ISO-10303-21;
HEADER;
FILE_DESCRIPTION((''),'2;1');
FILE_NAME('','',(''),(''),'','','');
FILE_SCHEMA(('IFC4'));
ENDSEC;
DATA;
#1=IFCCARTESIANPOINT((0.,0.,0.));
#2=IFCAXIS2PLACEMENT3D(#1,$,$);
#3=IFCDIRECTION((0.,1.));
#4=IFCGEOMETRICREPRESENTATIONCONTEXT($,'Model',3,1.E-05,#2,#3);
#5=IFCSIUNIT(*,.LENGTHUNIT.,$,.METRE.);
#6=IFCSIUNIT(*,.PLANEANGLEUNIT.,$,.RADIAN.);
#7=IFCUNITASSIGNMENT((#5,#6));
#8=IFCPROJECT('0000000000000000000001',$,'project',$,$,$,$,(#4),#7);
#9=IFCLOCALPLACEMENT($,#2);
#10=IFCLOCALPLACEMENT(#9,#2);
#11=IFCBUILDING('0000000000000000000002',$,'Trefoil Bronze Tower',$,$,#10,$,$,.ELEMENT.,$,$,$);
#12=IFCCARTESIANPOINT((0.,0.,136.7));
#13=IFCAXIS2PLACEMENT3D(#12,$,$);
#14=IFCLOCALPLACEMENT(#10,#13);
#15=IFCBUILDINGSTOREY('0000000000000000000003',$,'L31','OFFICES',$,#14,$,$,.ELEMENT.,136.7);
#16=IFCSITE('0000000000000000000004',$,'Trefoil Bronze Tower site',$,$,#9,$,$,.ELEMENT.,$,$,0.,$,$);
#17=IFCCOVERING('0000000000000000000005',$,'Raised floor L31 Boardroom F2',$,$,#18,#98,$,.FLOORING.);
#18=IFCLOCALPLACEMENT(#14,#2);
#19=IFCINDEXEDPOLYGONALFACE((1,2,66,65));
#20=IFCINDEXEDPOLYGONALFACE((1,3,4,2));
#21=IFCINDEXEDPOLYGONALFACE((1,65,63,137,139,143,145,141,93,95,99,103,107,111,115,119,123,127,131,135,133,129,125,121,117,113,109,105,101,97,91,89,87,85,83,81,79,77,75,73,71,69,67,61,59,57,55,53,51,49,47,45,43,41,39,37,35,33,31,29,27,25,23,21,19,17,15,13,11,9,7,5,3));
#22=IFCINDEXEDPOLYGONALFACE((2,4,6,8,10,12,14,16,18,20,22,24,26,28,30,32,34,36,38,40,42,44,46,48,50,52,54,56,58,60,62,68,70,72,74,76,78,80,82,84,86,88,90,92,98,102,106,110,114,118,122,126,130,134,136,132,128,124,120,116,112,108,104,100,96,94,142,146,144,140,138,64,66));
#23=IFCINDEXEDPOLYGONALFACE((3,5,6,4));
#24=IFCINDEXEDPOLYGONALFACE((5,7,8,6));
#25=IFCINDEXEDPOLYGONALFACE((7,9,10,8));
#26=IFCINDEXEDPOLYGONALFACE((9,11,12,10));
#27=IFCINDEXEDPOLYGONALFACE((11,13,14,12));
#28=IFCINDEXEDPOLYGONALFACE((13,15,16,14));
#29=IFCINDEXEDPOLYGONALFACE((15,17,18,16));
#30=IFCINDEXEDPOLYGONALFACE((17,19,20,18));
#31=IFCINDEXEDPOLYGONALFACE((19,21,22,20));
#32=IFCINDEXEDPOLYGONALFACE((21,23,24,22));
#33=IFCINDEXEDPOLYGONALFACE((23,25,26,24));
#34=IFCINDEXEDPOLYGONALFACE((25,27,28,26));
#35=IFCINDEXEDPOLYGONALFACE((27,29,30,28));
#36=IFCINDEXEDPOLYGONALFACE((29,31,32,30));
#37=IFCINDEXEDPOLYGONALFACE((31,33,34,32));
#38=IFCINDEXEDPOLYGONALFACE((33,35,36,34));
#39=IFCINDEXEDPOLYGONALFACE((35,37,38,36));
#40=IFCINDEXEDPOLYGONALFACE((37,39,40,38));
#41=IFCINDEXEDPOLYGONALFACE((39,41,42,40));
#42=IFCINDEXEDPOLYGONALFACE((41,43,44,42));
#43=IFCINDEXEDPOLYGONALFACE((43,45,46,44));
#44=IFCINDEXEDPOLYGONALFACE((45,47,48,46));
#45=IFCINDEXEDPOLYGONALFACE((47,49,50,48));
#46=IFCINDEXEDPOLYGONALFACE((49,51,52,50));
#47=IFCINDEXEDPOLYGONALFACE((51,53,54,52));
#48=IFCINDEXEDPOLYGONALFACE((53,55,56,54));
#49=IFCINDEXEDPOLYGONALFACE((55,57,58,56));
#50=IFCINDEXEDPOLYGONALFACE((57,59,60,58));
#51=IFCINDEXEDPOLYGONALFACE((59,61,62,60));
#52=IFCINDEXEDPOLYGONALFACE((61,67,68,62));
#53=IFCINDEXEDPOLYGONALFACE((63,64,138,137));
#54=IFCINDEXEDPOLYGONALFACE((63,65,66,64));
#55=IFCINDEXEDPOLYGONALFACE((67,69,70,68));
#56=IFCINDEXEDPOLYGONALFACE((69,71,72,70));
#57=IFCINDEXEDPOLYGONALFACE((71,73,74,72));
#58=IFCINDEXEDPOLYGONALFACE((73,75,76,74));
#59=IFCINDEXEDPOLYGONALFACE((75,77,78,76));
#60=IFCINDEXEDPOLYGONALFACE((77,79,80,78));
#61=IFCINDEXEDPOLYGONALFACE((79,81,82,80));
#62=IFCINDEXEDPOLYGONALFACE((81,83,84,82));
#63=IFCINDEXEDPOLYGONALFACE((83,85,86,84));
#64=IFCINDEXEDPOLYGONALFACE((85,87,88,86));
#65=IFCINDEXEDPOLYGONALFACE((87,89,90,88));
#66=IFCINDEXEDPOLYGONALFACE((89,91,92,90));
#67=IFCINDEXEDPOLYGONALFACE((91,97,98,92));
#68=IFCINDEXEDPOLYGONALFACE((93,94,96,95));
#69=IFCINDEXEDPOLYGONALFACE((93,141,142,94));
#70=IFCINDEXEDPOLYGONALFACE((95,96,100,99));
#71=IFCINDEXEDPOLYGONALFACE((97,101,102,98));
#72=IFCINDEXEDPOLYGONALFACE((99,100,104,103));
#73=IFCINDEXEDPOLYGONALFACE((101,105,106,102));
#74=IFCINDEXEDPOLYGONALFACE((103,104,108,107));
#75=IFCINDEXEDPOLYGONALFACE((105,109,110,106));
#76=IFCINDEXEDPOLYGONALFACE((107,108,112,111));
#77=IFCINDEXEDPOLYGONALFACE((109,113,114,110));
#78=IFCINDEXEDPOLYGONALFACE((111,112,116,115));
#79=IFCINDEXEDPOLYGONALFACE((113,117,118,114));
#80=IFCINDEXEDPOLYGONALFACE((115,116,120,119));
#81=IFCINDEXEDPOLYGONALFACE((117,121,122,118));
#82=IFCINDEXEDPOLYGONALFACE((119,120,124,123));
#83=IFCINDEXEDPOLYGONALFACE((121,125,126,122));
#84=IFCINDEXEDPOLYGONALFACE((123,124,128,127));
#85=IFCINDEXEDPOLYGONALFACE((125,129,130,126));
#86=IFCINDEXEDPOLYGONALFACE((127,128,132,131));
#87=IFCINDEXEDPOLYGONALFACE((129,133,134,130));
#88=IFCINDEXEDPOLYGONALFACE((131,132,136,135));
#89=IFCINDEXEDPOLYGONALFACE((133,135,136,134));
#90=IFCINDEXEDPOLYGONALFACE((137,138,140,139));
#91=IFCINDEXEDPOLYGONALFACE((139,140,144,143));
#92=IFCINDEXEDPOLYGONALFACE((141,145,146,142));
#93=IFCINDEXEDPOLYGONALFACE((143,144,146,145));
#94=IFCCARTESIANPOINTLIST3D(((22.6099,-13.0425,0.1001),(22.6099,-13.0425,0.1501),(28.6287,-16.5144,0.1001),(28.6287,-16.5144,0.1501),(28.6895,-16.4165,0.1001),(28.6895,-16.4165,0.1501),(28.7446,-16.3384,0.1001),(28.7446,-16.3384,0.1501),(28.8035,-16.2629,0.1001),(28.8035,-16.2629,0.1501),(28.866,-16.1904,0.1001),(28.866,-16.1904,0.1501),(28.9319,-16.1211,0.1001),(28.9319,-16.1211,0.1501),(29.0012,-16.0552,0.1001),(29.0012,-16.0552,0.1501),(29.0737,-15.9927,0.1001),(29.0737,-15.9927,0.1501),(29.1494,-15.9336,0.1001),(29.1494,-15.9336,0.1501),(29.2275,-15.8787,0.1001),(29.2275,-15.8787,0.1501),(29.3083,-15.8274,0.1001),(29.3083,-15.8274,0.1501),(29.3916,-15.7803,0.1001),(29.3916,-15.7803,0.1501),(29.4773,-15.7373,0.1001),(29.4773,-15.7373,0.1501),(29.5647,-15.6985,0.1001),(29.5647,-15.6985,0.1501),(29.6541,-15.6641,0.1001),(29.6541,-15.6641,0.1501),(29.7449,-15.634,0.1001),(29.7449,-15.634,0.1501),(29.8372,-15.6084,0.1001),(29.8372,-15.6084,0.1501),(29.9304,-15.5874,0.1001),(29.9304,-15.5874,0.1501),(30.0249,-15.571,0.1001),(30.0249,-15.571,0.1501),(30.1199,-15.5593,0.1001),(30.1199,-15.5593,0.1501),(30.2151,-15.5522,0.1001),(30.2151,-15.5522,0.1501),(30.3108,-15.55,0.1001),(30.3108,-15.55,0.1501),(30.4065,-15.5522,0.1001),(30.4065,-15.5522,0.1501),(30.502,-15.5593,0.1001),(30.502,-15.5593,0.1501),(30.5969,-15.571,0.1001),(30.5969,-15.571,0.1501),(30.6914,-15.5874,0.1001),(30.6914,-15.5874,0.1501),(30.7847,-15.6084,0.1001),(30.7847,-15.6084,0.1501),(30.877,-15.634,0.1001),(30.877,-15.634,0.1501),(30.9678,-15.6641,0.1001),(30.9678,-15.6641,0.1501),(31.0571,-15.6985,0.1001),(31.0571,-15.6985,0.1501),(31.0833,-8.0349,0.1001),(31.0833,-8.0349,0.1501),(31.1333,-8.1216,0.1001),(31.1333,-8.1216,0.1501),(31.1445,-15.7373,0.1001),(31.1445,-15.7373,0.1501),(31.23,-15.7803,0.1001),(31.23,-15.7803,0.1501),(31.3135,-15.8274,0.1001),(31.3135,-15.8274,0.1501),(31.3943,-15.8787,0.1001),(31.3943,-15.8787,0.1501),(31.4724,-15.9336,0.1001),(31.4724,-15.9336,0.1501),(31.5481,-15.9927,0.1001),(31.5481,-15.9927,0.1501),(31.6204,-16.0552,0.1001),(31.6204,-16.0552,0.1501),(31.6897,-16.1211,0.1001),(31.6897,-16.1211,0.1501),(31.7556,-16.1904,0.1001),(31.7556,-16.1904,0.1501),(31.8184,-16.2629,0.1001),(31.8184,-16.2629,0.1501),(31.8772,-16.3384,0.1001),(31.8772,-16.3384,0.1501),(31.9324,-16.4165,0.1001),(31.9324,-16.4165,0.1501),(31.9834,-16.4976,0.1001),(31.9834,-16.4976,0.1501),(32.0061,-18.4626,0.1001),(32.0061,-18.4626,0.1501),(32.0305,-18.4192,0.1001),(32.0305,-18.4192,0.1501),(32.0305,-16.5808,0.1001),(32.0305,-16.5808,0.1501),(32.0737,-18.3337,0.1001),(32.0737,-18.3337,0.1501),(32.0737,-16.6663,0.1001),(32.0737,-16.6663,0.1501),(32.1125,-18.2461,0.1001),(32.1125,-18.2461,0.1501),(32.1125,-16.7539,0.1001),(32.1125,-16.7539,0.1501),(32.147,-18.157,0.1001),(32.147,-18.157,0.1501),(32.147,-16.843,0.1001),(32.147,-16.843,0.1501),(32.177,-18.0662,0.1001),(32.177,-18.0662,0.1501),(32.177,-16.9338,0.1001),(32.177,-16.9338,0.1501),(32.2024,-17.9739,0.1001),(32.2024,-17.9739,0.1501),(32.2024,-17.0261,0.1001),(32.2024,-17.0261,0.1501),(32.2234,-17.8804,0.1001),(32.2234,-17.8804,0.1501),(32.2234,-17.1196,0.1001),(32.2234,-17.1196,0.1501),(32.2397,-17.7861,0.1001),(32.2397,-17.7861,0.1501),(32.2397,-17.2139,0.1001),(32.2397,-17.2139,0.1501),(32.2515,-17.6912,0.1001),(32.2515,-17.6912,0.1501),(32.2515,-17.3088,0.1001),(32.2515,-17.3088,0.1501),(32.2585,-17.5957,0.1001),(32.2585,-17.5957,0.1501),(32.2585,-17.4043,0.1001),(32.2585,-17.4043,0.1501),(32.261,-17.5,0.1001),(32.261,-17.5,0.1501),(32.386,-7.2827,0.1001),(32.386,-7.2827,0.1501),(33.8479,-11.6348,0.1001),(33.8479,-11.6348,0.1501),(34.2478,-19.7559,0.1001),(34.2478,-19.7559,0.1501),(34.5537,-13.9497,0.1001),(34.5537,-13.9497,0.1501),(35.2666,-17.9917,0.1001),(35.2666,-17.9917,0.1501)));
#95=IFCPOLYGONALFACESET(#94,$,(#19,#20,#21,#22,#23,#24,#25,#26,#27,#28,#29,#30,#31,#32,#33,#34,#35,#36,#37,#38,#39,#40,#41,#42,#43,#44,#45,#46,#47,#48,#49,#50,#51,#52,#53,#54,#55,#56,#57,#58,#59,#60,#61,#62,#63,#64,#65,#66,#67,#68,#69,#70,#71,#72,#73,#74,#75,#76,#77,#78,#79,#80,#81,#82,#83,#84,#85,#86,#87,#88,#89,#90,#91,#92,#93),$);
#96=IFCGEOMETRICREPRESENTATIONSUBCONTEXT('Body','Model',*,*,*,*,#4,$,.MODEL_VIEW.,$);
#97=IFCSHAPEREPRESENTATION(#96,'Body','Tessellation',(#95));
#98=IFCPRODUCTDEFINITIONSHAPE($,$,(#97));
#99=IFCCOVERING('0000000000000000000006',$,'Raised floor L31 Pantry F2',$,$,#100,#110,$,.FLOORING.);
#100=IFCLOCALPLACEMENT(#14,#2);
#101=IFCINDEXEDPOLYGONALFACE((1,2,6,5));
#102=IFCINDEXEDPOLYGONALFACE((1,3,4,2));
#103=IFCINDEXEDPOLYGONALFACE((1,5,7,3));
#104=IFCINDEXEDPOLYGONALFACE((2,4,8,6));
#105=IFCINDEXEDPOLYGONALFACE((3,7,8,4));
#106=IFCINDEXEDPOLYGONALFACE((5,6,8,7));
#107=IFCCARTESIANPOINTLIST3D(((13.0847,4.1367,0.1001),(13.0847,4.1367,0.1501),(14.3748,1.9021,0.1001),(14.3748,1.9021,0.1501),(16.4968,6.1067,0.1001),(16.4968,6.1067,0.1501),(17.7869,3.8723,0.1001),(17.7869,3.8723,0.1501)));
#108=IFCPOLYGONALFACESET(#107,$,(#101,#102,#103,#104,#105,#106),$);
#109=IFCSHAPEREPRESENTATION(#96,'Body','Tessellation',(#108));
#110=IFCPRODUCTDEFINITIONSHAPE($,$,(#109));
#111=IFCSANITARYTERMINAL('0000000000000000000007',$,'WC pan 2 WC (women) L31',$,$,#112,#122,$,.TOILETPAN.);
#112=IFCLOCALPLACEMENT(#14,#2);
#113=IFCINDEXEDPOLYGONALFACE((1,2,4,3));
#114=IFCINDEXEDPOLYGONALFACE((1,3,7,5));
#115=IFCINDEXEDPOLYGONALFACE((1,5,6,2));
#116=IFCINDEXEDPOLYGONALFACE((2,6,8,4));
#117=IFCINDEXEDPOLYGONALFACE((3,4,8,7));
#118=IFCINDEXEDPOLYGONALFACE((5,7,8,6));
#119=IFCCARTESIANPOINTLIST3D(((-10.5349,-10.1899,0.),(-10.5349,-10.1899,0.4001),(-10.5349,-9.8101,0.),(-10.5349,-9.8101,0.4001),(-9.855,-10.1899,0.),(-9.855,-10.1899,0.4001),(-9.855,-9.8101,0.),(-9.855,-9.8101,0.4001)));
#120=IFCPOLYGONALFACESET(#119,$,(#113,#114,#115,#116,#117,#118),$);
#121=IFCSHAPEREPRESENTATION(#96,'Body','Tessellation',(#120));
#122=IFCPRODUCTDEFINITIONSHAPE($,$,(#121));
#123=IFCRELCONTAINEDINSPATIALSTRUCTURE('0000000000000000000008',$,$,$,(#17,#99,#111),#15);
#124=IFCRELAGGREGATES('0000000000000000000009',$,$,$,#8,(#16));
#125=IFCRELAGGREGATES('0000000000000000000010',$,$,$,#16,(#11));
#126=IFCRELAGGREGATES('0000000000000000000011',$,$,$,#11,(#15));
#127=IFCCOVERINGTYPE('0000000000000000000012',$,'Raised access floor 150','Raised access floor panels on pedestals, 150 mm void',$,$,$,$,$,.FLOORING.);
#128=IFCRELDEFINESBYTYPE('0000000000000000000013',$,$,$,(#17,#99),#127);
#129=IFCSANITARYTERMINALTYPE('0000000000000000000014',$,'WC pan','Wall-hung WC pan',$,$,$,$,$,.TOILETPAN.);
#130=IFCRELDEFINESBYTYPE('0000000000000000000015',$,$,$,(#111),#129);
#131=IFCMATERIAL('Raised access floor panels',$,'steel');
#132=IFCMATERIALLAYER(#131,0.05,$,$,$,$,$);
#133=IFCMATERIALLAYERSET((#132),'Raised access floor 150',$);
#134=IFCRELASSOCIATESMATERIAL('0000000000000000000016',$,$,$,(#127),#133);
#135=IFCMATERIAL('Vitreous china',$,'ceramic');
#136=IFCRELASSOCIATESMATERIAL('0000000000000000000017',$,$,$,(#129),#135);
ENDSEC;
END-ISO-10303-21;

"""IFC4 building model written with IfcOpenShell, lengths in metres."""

from ifc_helpers import new_model, si_unit, direction, frame, origin, place, context, subcontext, project, spatial, polyline, outline, extrude, material, layer, layer_set, type_object, element, save


model = new_model("IFC4")

# Units and contexts
model_context = context("Model", 3, precision=1e-05, world=origin(), true_north=direction((0.0, 1.0)))
body_context = subcontext(model_context, "Body", "Model", "MODEL_VIEW")
ifc_project = project(units=[si_unit("LENGTHUNIT", "METRE"), si_unit("PLANEANGLEUNIT", "RADIAN")], contexts=[model_context])

# Site, building, storey
site_placement = place(None, origin())
site = spatial("IfcSite", under=ifc_project, at=site_placement, Name="Trefoil Bronze Tower site", CompositionType="ELEMENT", RefElevation=0.0)
building_placement = place(site_placement, origin())
building = spatial("IfcBuilding", under=site, at=building_placement, Name="Trefoil Bronze Tower", CompositionType="ELEMENT")
storey_placement = place(building_placement, frame((0.0, 0.0, 136.7)))
storey = spatial("IfcBuildingStorey", under=building, at=storey_placement, Name="L31", Description="OFFICES", CompositionType="ELEMENT", Elevation=136.7)

# Coverings
ifc_material_1 = material(Name="Raised access floor panels", Category="steel")
ifc_layer_1 = layer(ifc_material_1, 0.05)
ifc_layer_set_1 = layer_set([ifc_layer_1], Name="Raised access floor 150")
covering_type_1 = type_object("IfcCoveringType", Name="Raised access floor 150", Description="Raised access floor panels on pedestals, 150 mm void", PredefinedType="FLOORING", material=ifc_layer_set_1)
covering_1_placement = place(storey_placement, frame((0.0, 0.0, 0.1001)))
element("IfcCovering", 1, at=covering_1_placement, inside=storey, type_object=covering_type_1, Name="Raised floor L31 Boardroom F2", PredefinedType="FLOORING", context=body_context, shape_type="SweptSolid", body=[
    extrude(outline(polyline([(22.6099, -13.0425), (31.1333, -8.1216), (31.0833, -8.0349), (32.386, -7.2827), (33.8479, -11.6348), (34.5537, -13.9497), (35.2666, -17.9917), (34.2478, -19.7559), (32.0061, -18.4626), (32.0305, -18.4192), (32.0737, -18.3337), (32.1125, -18.2461), (32.147, -18.157), (32.177, -18.0662), (32.2024, -17.9739), (32.2234, -17.8804), (32.2397, -17.7861), (32.2515, -17.6912), (32.2585, -17.5957), (32.261, -17.5), (32.2585, -17.4043), (32.2515, -17.3088), (32.2397, -17.2139), (32.2234, -17.1196), (32.2024, -17.0261), (32.177, -16.9338), (32.147, -16.843), (32.1125, -16.7539), (32.0737, -16.6663), (32.0305, -16.5808), (31.9834, -16.4976), (31.9324, -16.4165), (31.8772, -16.3384), (31.8184, -16.2629), (31.7556, -16.1904), (31.6897, -16.1211), (31.6204, -16.0552), (31.5481, -15.9927), (31.4724, -15.9336), (31.3943, -15.8787), (31.3135, -15.8274), (31.23, -15.7803), (31.1445, -15.7373), (31.0571, -15.6985), (30.9678, -15.6641), (30.877, -15.634), (30.7847, -15.6084), (30.6914, -15.5874), (30.5969, -15.571), (30.502, -15.5593), (30.4065, -15.5522), (30.3108, -15.55), (30.2151, -15.5522), (30.1199, -15.5593), (30.0249, -15.571), (29.9304, -15.5874), (29.8372, -15.6084), (29.7449, -15.634), (29.6541, -15.6641), (29.5647, -15.6985), (29.4773, -15.7373), (29.3916, -15.7803), (29.3083, -15.8274), (29.2275, -15.8787), (29.1494, -15.9336), (29.0737, -15.9927), (29.0012, -16.0552), (28.9319, -16.1211), (28.866, -16.1904), (28.8035, -16.2629), (28.7446, -16.3384), (28.6895, -16.4165), (28.6287, -16.5144), (22.6099, -13.0425)])), origin(), (0.0, 0.0, 1.0), 0.05),
])
covering_2_placement = place(storey_placement, frame((0.0, 0.0, 0.1001)))
element("IfcCovering", 2, at=covering_2_placement, inside=storey, type_object=covering_type_1, Name="Raised floor L31 Pantry F2", PredefinedType="FLOORING", context=body_context, shape_type="SweptSolid", body=[
    extrude(outline(polyline([(13.0847, 4.1367), (16.4968, 6.1067), (17.7869, 3.8723), (14.3748, 1.9021), (13.0847, 4.1367)])), origin(), (0.0, 0.0, 1.0), 0.05),
])

# Sanitary terminal
ifc_material_2 = material(Name="Vitreous china", Category="ceramic")
sanitary_terminal_type = type_object("IfcSanitaryTerminalType", Name="WC pan", Description="Wall-hung WC pan", PredefinedType="TOILETPAN", material=ifc_material_2)
sanitary_terminal_placement = place(storey_placement, origin())
element("IfcSanitaryTerminal", 3, at=sanitary_terminal_placement, inside=storey, type_object=sanitary_terminal_type, Name="WC pan 2 WC (women) L31", PredefinedType="TOILETPAN", context=body_context, shape_type="SweptSolid", body=[
    extrude(outline(polyline([(-9.855, -9.8101), (-10.5349, -9.8101), (-10.5349, -10.1899), (-9.855, -10.1899), (-9.855, -9.8101)])), origin(), (0.0, 0.0, 1.0), 0.4001),
])

save(model, "model.ifc")
